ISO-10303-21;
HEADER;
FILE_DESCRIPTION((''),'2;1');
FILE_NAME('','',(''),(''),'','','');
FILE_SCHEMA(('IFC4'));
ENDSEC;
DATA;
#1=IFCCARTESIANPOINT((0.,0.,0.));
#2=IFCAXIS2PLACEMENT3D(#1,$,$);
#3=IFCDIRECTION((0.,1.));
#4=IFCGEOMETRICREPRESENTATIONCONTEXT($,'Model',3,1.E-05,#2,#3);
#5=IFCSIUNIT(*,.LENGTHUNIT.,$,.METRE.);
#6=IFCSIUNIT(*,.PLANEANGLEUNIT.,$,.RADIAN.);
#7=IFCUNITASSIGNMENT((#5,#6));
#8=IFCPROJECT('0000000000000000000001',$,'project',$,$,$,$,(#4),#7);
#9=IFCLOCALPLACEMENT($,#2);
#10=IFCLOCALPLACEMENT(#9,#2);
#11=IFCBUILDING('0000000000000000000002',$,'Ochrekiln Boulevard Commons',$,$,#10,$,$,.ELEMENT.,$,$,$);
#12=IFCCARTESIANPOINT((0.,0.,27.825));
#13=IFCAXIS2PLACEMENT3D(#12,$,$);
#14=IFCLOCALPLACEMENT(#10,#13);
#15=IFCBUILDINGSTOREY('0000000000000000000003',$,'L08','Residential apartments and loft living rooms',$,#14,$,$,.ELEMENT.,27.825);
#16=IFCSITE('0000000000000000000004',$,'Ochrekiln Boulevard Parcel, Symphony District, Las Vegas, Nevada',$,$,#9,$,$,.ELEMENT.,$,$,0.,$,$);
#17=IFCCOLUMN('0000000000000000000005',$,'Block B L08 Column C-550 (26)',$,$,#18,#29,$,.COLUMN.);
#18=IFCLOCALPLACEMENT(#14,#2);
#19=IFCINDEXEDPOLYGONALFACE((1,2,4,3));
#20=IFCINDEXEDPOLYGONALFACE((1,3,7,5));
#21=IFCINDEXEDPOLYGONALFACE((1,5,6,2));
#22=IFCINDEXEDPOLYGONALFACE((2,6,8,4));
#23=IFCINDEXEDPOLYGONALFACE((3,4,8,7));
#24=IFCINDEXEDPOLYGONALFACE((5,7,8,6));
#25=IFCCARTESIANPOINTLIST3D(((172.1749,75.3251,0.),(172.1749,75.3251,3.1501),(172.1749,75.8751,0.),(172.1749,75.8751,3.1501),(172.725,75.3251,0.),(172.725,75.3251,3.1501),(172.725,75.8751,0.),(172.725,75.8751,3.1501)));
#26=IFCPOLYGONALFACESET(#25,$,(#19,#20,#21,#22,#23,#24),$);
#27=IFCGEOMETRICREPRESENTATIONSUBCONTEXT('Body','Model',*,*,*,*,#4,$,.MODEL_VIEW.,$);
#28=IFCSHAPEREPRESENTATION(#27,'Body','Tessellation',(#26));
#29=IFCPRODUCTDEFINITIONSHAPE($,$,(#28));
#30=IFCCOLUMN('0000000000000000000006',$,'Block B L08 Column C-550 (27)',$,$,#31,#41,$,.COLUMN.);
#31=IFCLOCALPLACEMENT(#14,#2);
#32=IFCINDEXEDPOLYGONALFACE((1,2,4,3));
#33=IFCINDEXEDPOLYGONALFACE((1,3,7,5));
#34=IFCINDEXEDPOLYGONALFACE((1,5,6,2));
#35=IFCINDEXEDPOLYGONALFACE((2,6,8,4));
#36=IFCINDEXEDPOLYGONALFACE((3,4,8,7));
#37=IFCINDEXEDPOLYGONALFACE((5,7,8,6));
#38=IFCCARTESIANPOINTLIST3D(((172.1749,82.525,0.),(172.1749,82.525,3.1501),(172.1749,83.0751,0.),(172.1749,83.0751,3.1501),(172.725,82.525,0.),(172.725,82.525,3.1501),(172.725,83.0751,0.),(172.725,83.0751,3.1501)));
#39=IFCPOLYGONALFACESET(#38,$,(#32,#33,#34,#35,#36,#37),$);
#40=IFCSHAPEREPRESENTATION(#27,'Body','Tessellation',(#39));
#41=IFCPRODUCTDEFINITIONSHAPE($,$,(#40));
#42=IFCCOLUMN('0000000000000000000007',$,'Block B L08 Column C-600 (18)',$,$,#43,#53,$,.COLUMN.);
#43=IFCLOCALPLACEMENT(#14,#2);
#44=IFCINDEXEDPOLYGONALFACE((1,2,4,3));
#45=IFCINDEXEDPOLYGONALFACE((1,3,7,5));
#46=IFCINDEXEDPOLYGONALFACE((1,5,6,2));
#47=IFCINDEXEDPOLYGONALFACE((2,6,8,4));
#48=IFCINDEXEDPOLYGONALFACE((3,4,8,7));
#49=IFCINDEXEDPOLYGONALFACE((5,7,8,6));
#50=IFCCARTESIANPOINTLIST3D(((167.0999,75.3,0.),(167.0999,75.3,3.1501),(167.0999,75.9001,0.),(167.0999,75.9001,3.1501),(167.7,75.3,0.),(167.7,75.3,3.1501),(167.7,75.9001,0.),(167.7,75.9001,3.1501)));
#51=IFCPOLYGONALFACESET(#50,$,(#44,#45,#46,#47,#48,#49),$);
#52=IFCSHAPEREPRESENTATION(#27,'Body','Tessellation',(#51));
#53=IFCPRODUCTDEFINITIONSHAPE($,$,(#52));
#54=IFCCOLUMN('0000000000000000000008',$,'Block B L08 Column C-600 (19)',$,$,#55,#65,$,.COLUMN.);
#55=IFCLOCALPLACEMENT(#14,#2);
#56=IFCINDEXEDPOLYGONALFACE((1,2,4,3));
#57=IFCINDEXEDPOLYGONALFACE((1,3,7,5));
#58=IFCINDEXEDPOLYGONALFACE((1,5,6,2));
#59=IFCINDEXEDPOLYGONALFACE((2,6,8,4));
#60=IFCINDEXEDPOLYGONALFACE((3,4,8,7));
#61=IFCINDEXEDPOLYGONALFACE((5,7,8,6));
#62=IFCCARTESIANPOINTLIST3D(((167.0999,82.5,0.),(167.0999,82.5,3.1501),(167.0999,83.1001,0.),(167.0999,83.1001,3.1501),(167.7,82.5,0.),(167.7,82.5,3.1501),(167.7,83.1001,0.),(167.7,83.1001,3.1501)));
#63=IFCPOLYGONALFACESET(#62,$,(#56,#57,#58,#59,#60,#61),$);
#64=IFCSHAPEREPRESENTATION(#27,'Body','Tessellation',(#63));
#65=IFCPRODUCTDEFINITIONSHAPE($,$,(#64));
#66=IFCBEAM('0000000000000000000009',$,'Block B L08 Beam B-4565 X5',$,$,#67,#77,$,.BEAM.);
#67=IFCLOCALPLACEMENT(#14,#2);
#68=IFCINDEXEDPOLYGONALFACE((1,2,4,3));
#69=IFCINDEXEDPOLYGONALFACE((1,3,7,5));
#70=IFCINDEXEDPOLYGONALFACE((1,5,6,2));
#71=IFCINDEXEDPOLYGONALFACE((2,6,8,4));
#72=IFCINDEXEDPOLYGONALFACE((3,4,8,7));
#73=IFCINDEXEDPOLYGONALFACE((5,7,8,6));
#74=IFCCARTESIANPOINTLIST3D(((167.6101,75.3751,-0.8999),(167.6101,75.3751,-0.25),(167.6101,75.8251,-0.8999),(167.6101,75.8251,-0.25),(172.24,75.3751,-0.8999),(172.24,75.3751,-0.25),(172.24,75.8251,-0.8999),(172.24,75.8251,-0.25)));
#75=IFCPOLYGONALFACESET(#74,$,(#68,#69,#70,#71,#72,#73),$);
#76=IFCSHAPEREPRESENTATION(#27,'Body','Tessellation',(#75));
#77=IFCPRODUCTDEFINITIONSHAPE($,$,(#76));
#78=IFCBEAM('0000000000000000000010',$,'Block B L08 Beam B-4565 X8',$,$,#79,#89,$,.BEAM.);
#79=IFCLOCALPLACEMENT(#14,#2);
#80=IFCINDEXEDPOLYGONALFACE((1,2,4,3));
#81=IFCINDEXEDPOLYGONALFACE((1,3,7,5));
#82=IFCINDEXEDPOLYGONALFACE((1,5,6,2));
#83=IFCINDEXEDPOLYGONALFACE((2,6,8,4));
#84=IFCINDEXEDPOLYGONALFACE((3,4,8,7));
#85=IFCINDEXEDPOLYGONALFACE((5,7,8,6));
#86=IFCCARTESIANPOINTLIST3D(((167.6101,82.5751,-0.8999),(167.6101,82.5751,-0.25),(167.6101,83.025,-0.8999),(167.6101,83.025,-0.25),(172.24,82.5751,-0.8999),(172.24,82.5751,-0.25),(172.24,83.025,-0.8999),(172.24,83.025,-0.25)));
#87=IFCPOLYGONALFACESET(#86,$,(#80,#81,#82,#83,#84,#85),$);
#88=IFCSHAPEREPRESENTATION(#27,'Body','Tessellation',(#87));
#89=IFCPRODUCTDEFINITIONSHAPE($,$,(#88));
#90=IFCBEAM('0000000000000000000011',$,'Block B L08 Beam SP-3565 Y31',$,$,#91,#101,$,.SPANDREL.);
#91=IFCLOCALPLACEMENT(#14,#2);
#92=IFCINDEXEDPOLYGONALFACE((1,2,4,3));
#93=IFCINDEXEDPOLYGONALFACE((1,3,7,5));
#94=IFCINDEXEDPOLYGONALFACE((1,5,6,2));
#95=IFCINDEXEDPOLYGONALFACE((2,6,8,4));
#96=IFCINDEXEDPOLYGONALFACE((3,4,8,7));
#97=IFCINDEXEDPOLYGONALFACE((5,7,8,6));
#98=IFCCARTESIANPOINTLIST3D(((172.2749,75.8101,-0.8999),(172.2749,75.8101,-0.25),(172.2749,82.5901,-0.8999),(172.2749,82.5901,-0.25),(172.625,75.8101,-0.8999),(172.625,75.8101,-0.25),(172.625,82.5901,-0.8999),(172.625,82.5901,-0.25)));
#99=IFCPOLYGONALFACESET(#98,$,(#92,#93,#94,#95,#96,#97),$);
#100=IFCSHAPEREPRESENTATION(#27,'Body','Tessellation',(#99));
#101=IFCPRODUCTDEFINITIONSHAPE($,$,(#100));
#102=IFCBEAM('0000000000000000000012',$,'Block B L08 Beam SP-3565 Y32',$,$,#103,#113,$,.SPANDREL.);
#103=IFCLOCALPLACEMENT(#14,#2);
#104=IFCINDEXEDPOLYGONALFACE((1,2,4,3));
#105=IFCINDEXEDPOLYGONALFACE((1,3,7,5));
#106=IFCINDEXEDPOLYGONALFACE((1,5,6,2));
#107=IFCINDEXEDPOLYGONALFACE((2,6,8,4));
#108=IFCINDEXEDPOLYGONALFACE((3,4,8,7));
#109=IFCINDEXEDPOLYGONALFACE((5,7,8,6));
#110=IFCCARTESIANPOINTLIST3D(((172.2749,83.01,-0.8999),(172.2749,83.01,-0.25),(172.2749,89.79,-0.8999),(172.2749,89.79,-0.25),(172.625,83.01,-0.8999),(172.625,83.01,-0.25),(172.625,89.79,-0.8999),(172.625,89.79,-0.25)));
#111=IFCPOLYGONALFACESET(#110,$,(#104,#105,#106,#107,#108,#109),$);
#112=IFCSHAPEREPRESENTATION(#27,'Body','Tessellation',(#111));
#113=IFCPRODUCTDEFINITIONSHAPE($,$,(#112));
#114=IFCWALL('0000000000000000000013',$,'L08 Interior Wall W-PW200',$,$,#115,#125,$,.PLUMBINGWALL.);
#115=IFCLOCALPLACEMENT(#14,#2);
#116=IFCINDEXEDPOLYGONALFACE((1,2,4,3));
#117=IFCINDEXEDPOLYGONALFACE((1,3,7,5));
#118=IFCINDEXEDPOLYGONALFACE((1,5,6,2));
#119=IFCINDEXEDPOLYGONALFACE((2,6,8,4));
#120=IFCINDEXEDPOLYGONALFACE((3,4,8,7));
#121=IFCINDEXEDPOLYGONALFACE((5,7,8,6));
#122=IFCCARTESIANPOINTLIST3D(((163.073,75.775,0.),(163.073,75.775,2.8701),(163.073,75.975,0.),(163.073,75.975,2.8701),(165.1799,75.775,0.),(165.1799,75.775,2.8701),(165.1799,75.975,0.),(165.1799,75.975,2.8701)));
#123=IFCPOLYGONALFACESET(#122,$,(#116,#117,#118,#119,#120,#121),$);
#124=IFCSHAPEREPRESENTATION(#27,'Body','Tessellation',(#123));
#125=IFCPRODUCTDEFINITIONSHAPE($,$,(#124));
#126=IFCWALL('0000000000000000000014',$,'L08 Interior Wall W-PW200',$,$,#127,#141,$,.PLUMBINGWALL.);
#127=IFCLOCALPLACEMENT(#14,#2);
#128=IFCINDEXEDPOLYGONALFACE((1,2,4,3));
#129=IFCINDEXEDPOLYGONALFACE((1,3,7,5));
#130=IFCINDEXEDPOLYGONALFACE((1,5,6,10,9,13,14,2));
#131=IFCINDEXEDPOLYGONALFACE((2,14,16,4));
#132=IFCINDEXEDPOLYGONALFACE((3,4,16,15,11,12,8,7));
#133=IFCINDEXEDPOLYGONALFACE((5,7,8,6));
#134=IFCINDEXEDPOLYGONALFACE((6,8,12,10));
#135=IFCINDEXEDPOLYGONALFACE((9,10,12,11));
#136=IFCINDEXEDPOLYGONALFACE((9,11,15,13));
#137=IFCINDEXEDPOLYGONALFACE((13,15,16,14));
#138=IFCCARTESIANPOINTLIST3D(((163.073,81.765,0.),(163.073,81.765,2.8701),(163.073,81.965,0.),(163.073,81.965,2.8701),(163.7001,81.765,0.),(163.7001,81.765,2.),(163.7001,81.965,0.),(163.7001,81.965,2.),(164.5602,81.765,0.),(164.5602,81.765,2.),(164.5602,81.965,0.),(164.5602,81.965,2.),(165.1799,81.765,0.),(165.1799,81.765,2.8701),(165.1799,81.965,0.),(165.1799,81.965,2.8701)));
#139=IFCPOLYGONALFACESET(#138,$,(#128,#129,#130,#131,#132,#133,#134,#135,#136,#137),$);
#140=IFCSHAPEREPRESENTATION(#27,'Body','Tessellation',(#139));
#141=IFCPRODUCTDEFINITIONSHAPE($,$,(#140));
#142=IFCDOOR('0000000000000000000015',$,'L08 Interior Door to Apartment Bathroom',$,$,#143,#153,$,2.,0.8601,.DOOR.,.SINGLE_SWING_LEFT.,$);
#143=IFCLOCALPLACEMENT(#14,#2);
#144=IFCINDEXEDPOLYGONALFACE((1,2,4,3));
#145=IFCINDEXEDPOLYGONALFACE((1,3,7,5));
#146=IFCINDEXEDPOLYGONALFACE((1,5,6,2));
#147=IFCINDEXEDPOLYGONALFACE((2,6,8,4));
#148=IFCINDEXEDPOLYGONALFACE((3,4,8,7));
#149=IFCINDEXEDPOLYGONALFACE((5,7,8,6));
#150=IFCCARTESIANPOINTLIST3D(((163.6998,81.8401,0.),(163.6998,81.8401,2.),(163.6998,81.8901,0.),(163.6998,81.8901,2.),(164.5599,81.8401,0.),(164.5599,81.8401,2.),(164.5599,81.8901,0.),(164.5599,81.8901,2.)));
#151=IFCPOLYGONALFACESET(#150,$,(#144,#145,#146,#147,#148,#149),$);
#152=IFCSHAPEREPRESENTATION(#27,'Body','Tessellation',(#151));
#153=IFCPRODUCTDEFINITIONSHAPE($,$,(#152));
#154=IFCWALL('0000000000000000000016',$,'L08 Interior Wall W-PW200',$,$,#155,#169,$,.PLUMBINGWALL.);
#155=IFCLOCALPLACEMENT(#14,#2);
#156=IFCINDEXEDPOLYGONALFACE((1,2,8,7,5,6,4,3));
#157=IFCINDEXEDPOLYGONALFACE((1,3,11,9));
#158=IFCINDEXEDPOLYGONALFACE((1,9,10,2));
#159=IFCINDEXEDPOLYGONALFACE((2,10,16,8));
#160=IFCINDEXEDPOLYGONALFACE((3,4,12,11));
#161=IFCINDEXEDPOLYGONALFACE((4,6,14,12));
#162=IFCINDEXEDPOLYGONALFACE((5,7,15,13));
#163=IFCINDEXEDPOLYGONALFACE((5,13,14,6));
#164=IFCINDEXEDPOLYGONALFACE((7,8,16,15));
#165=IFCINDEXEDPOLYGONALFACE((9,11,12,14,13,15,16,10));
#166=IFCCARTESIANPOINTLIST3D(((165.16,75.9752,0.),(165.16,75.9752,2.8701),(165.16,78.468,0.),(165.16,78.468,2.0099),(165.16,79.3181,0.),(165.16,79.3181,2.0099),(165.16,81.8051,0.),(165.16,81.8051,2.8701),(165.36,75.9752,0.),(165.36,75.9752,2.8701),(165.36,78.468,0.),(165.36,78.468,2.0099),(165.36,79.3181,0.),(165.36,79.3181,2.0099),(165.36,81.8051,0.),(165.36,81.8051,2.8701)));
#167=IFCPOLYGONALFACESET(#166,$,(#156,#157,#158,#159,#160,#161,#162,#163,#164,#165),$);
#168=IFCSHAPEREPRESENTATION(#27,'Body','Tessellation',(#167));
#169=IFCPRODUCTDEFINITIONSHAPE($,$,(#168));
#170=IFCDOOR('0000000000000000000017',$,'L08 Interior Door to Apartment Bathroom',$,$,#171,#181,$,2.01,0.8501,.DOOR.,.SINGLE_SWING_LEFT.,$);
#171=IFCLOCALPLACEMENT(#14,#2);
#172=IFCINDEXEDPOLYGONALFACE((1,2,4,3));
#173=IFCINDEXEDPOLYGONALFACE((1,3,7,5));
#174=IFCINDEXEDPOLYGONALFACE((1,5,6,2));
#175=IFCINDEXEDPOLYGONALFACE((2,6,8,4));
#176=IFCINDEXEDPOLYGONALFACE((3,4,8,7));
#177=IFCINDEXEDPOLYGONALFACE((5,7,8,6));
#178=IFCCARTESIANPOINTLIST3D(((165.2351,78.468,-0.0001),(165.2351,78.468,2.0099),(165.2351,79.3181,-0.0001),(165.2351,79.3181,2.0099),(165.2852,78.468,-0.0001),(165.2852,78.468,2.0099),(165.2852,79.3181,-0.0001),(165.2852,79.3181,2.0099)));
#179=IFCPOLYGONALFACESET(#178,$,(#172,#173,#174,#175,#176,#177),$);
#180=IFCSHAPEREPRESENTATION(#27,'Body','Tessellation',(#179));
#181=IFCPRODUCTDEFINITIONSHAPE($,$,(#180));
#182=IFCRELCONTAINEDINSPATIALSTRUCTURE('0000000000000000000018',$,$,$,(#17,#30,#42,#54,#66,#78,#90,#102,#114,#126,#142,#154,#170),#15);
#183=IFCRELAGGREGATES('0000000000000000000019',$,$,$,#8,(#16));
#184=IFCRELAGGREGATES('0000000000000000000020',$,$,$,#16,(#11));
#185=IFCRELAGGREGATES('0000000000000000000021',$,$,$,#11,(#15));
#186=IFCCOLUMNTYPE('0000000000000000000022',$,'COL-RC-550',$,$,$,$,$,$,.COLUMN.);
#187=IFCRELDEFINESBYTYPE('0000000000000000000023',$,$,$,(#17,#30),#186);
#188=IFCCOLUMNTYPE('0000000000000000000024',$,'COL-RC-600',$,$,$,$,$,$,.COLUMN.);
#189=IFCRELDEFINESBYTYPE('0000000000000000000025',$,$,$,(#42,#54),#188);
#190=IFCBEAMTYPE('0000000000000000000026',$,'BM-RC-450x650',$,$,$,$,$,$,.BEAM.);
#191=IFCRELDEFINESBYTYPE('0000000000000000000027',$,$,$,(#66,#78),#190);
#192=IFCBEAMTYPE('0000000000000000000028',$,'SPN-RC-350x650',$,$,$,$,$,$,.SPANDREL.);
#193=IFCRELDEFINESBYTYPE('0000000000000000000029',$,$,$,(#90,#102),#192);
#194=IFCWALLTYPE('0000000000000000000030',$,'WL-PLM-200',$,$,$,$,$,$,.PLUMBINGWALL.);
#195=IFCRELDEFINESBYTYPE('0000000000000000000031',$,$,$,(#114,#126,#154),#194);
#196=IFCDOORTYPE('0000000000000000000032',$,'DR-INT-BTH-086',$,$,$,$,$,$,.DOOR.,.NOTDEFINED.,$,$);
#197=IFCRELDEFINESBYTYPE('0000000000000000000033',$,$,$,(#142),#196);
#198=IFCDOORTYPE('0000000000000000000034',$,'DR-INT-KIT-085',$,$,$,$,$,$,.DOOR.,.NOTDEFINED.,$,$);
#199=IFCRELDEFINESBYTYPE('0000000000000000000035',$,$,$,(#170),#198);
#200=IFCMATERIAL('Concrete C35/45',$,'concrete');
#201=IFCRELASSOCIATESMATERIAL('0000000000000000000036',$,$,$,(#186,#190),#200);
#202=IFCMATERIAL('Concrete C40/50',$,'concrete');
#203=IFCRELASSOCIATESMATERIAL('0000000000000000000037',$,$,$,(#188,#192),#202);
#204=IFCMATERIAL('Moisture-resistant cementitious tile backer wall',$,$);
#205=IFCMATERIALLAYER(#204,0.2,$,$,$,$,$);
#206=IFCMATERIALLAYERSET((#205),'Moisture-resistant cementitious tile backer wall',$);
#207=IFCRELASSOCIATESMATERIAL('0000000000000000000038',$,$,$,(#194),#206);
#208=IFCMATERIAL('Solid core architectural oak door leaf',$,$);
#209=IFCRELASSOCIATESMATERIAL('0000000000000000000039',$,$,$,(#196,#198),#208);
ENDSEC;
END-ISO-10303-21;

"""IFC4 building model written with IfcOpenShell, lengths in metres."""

from ifc_helpers import new_model, si_unit, direction, frame, frame_2d, origin, origin_2d, place, context, subcontext, project, spatial, rectangle, extrude, material, layer, layer_set, material_profile, profile_set, type_object, element, fill, save


model = new_model("IFC4")

# Units and contexts
model_context = context("Model", 3, precision=1e-05, world=origin(), true_north=direction((0.0, 1.0)))
body_context = subcontext(model_context, "Body", "Model", "MODEL_VIEW")
ifc_project = project(units=[si_unit("LENGTHUNIT", "METRE"), si_unit("PLANEANGLEUNIT", "RADIAN")], contexts=[model_context])

# Site, building, storey
site_placement = place(None, origin())
site = spatial("IfcSite", under=ifc_project, at=site_placement, Name="Ochrekiln Boulevard Parcel, Symphony District, Las Vegas, Nevada", CompositionType="ELEMENT", RefElevation=0.0)
building_placement = place(site_placement, origin())
building = spatial("IfcBuilding", under=site, at=building_placement, Name="Ochrekiln Boulevard Commons", CompositionType="ELEMENT")
storey_placement = place(building_placement, frame((0.0, 0.0, 27.825)))
storey = spatial("IfcBuildingStorey", under=building, at=storey_placement, Name="L08", Description="Residential apartments and loft living rooms", CompositionType="ELEMENT", Elevation=27.825)

# Columns
ifc_material_1 = material(Name="Concrete C35/45", Category="concrete")
ifc_material_profile_1 = material_profile(ifc_material_1, rectangle(XDim=0.55, YDim=0.55, at=origin_2d()), Name="RC-COL-550x550")
ifc_profile_set_1 = profile_set([ifc_material_profile_1], Name="Concrete C35/45")
column_type_1 = type_object("IfcColumnType", Name="COL-RC-550", PredefinedType="COLUMN", material=ifc_profile_set_1)
for number, where, z_axis, x_axis, name in (
    (1, (172.45, 75.6001, 0.0), (0.0, 0.0, 1.0), (1.0, 0.0, 0.0), "Block B L08 Column C-550 (26)"),
    (2, (172.45, 82.8, 0.0), (0.0, 0.0, 1.0), (1.0, 0.0, 0.0), "Block B L08 Column C-550 (27)"),
):
    element("IfcColumn", number, at=place(storey_placement, frame(where, z_axis=z_axis, x_axis=x_axis)), inside=storey, type_object=column_type_1, Name=name, PredefinedType="COLUMN", context=body_context, shape_type="SweptSolid", body=[
        extrude(rectangle(XDim=0.55, YDim=0.55, at=origin_2d()), origin(), (0.0, 0.0, 1.0), 3.1501),
    ])
ifc_material_2 = material(Name="Concrete C40/50", Category="concrete")
ifc_material_profile_2 = material_profile(ifc_material_2, rectangle(XDim=0.6001, YDim=0.6001, at=origin_2d()), Name="RC-COL-600x600")
ifc_profile_set_2 = profile_set([ifc_material_profile_2], Name="Concrete C40/50")
column_type_2 = type_object("IfcColumnType", Name="COL-RC-600", PredefinedType="COLUMN", material=ifc_profile_set_2)
for number, where, z_axis, x_axis, name in (
    (3, (167.3999, 75.6001, 0.0), (0.0, 0.0, 1.0), (1.0, 0.0, 0.0), "Block B L08 Column C-600 (18)"),
    (4, (167.3999, 82.8, 0.0), (0.0, 0.0, 1.0), (1.0, 0.0, 0.0), "Block B L08 Column C-600 (19)"),
):
    element("IfcColumn", number, at=place(storey_placement, frame(where, z_axis=z_axis, x_axis=x_axis)), inside=storey, type_object=column_type_2, Name=name, PredefinedType="COLUMN", context=body_context, shape_type="SweptSolid", body=[
        extrude(rectangle(XDim=0.6001, YDim=0.6001, at=origin_2d()), origin(), (0.0, 0.0, 1.0), 3.1501),
    ])

# Beams
ifc_material_profile_3 = material_profile(ifc_material_1, rectangle(XDim=0.45, YDim=0.6499, at=origin_2d()), Name="RC-BM-450x650")
ifc_profile_set_3 = profile_set([ifc_material_profile_3], Name="Concrete C35/45")
beam_type_1 = type_object("IfcBeamType", Name="BM-RC-450x650", PredefinedType="BEAM", material=ifc_profile_set_3)
for number, where, z_axis, x_axis, name in (
    (5, (167.6101, 75.6001, -0.575), (1.0, 0.0, 0.0), (0.0, 1.0, 0.0), "Block B L08 Beam B-4565 X5"),
    (6, (167.6101, 82.8, -0.575), (1.0, 0.0, 0.0), (0.0, 1.0, 0.0), "Block B L08 Beam B-4565 X8"),
):
    element("IfcBeam", number, at=place(storey_placement, frame(where, z_axis=z_axis, x_axis=x_axis)), inside=storey, type_object=beam_type_1, Name=name, PredefinedType="BEAM", context=body_context, shape_type="SweptSolid", body=[
        extrude(rectangle(XDim=0.45, YDim=0.6499, at=origin_2d()), origin(), (0.0, 0.0, 1.0), 4.6299),
    ])
ifc_material_profile_4 = material_profile(ifc_material_2, rectangle(XDim=0.3501, YDim=0.6499, at=origin_2d()), Name="RC-SPN-350x650")
ifc_profile_set_4 = profile_set([ifc_material_profile_4], Name="Concrete C40/50")
beam_type_2 = type_object("IfcBeamType", Name="SPN-RC-350x650", PredefinedType="SPANDREL", material=ifc_profile_set_4)
for number, where, z_axis, x_axis, name in (
    (7, (172.45, 75.8101, -0.575), (0.0, 1.0, 0.0), (-1.0, 0.0, 0.0), "Block B L08 Beam SP-3565 Y31"),
    (8, (172.45, 83.01, -0.575), (0.0, 1.0, 0.0), (-1.0, 0.0, 0.0), "Block B L08 Beam SP-3565 Y32"),
):
    element("IfcBeam", number, at=place(storey_placement, frame(where, z_axis=z_axis, x_axis=x_axis)), inside=storey, type_object=beam_type_2, Name=name, PredefinedType="SPANDREL", context=body_context, shape_type="SweptSolid", body=[
        extrude(rectangle(XDim=0.3501, YDim=0.6499, at=origin_2d()), origin(), (0.0, 0.0, 1.0), 6.78),
    ])

# Wall
ifc_material_3 = material(Name="Moisture-resistant cementitious tile backer wall")
ifc_layer_1 = layer(ifc_material_3, 0.2)
ifc_layer_set_1 = layer_set([ifc_layer_1], Name="Moisture-resistant cementitious tile backer wall")
wall_type_1 = type_object("IfcWallType", Name="WL-PLM-200", PredefinedType="PLUMBINGWALL", material=ifc_layer_set_1)
wall_1_placement = place(storey_placement, frame((163.073, 75.875, 0.0), z_axis=(0.0, 0.0, 1.0), x_axis=(1.0, 0.0, 0.0)))
element("IfcWall", 9, at=wall_1_placement, inside=storey, type_object=wall_type_1, Name="L08 Interior Wall W-PW200", PredefinedType="PLUMBINGWALL", context=body_context, shape_type="SweptSolid", body=[
    extrude(rectangle(XDim=2.1069, YDim=0.2, at=frame_2d((1.0535, 0.0))), origin(), (0.0, 0.0, 1.0), 2.8701),
])

# Walls, openings, doors
wall_2_placement = place(storey_placement, frame((163.073, 81.865, 0.0), z_axis=(0.0, 0.0, 1.0), x_axis=(1.0, 0.0, 0.0)))
wall_2 = element("IfcWall", 10, at=wall_2_placement, inside=storey, type_object=wall_type_1, Name="L08 Interior Wall W-PW200", PredefinedType="PLUMBINGWALL", context=body_context, shape_type="SweptSolid", body=[
    extrude(rectangle(XDim=2.1069, YDim=0.2, at=frame_2d((1.0535, 0.0))), origin(), (0.0, 0.0, 1.0), 2.8701),
])
opening_1_placement = place(wall_2_placement, frame((0.627, 0.0, 0.0)))
opening_1 = element("IfcOpeningElement", 11, at=opening_1_placement, cuts=wall_2, PredefinedType="OPENING", context=body_context, shape_type="SweptSolid", body=[
    extrude(rectangle(XDim=0.8601, YDim=2.0, at=frame_2d((0.4302, 1.0))), frame((0.0, 0.1099, 0.0), z_axis=(0.0, -1.0, 0.0), x_axis=(1.0, 0.0, 0.0)), (0.0, 0.0, 1.0), 0.22),
])
ifc_material_4 = material(Name="Solid core architectural oak door leaf")
door_type_1 = type_object("IfcDoorType", Name="DR-INT-BTH-086", OperationType="NOTDEFINED", PredefinedType="DOOR", material=ifc_material_4)
door_1_placement = place(opening_1_placement, frame((0.8601, 0.0, 0.0), z_axis=(0.0, 0.0, 1.0), x_axis=(-1.0, 0.0, 0.0)))
door_1 = element("IfcDoor", 12, at=door_1_placement, inside=storey, type_object=door_type_1, Name="L08 Interior Door to Apartment Bathroom", OperationType="SINGLE_SWING_LEFT", OverallHeight=2.0, OverallWidth=0.8601, PredefinedType="DOOR", context=body_context, shape_type="SweptSolid", body=[
    extrude(rectangle(XDim=0.8601, YDim=2.0, at=frame_2d((0.4302, 1.0))), frame((0.0, 0.0249, 0.0), z_axis=(0.0, -1.0, 0.0), x_axis=(1.0, 0.0, 0.0)), (0.0, 0.0, 1.0), 0.05),
])
fill(opening_1, door_1)
wall_3_placement = place(storey_placement, frame((165.26, 75.9751, 0.0), z_axis=(0.0, 0.0, 1.0), x_axis=(0.0, 1.0, 0.0)))
wall_3 = element("IfcWall", 13, at=wall_3_placement, inside=storey, type_object=wall_type_1, Name="L08 Interior Wall W-PW200", PredefinedType="PLUMBINGWALL", context=body_context, shape_type="SweptSolid", body=[
    extrude(rectangle(XDim=5.8298, YDim=0.2, at=frame_2d((2.915, 0.0))), origin(), (0.0, 0.0, 1.0), 2.8701),
])
opening_2_placement = place(wall_3_placement, frame((2.4929, 0.0, 0.0)))
opening_2 = element("IfcOpeningElement", 14, at=opening_2_placement, cuts=wall_3, PredefinedType="OPENING", context=body_context, shape_type="SweptSolid", body=[
    extrude(rectangle(XDim=0.8501, YDim=2.01, at=frame_2d((0.425, 1.0049))), frame((0.0, 0.1099, 0.0), z_axis=(0.0, -1.0, 0.0), x_axis=(1.0, 0.0, 0.0)), (0.0, 0.0, 1.0), 0.22),
])
door_type_2 = type_object("IfcDoorType", Name="DR-INT-KIT-085", OperationType="NOTDEFINED", PredefinedType="DOOR", material=ifc_material_4)
door_2_placement = place(opening_2_placement, origin())
door_2 = element("IfcDoor", 15, at=door_2_placement, inside=storey, type_object=door_type_2, Name="L08 Interior Door to Apartment Bathroom", OperationType="SINGLE_SWING_LEFT", OverallHeight=2.01, OverallWidth=0.8501, PredefinedType="DOOR", context=body_context, shape_type="SweptSolid", body=[
    extrude(rectangle(XDim=0.8501, YDim=2.01, at=frame_2d((0.425, 1.0049))), frame((0.0, 0.0249, 0.0), z_axis=(0.0, -1.0, 0.0), x_axis=(1.0, 0.0, 0.0)), (0.0, 0.0, 1.0), 0.05),
])
fill(opening_2, door_2)

save(model, "model.ifc")
